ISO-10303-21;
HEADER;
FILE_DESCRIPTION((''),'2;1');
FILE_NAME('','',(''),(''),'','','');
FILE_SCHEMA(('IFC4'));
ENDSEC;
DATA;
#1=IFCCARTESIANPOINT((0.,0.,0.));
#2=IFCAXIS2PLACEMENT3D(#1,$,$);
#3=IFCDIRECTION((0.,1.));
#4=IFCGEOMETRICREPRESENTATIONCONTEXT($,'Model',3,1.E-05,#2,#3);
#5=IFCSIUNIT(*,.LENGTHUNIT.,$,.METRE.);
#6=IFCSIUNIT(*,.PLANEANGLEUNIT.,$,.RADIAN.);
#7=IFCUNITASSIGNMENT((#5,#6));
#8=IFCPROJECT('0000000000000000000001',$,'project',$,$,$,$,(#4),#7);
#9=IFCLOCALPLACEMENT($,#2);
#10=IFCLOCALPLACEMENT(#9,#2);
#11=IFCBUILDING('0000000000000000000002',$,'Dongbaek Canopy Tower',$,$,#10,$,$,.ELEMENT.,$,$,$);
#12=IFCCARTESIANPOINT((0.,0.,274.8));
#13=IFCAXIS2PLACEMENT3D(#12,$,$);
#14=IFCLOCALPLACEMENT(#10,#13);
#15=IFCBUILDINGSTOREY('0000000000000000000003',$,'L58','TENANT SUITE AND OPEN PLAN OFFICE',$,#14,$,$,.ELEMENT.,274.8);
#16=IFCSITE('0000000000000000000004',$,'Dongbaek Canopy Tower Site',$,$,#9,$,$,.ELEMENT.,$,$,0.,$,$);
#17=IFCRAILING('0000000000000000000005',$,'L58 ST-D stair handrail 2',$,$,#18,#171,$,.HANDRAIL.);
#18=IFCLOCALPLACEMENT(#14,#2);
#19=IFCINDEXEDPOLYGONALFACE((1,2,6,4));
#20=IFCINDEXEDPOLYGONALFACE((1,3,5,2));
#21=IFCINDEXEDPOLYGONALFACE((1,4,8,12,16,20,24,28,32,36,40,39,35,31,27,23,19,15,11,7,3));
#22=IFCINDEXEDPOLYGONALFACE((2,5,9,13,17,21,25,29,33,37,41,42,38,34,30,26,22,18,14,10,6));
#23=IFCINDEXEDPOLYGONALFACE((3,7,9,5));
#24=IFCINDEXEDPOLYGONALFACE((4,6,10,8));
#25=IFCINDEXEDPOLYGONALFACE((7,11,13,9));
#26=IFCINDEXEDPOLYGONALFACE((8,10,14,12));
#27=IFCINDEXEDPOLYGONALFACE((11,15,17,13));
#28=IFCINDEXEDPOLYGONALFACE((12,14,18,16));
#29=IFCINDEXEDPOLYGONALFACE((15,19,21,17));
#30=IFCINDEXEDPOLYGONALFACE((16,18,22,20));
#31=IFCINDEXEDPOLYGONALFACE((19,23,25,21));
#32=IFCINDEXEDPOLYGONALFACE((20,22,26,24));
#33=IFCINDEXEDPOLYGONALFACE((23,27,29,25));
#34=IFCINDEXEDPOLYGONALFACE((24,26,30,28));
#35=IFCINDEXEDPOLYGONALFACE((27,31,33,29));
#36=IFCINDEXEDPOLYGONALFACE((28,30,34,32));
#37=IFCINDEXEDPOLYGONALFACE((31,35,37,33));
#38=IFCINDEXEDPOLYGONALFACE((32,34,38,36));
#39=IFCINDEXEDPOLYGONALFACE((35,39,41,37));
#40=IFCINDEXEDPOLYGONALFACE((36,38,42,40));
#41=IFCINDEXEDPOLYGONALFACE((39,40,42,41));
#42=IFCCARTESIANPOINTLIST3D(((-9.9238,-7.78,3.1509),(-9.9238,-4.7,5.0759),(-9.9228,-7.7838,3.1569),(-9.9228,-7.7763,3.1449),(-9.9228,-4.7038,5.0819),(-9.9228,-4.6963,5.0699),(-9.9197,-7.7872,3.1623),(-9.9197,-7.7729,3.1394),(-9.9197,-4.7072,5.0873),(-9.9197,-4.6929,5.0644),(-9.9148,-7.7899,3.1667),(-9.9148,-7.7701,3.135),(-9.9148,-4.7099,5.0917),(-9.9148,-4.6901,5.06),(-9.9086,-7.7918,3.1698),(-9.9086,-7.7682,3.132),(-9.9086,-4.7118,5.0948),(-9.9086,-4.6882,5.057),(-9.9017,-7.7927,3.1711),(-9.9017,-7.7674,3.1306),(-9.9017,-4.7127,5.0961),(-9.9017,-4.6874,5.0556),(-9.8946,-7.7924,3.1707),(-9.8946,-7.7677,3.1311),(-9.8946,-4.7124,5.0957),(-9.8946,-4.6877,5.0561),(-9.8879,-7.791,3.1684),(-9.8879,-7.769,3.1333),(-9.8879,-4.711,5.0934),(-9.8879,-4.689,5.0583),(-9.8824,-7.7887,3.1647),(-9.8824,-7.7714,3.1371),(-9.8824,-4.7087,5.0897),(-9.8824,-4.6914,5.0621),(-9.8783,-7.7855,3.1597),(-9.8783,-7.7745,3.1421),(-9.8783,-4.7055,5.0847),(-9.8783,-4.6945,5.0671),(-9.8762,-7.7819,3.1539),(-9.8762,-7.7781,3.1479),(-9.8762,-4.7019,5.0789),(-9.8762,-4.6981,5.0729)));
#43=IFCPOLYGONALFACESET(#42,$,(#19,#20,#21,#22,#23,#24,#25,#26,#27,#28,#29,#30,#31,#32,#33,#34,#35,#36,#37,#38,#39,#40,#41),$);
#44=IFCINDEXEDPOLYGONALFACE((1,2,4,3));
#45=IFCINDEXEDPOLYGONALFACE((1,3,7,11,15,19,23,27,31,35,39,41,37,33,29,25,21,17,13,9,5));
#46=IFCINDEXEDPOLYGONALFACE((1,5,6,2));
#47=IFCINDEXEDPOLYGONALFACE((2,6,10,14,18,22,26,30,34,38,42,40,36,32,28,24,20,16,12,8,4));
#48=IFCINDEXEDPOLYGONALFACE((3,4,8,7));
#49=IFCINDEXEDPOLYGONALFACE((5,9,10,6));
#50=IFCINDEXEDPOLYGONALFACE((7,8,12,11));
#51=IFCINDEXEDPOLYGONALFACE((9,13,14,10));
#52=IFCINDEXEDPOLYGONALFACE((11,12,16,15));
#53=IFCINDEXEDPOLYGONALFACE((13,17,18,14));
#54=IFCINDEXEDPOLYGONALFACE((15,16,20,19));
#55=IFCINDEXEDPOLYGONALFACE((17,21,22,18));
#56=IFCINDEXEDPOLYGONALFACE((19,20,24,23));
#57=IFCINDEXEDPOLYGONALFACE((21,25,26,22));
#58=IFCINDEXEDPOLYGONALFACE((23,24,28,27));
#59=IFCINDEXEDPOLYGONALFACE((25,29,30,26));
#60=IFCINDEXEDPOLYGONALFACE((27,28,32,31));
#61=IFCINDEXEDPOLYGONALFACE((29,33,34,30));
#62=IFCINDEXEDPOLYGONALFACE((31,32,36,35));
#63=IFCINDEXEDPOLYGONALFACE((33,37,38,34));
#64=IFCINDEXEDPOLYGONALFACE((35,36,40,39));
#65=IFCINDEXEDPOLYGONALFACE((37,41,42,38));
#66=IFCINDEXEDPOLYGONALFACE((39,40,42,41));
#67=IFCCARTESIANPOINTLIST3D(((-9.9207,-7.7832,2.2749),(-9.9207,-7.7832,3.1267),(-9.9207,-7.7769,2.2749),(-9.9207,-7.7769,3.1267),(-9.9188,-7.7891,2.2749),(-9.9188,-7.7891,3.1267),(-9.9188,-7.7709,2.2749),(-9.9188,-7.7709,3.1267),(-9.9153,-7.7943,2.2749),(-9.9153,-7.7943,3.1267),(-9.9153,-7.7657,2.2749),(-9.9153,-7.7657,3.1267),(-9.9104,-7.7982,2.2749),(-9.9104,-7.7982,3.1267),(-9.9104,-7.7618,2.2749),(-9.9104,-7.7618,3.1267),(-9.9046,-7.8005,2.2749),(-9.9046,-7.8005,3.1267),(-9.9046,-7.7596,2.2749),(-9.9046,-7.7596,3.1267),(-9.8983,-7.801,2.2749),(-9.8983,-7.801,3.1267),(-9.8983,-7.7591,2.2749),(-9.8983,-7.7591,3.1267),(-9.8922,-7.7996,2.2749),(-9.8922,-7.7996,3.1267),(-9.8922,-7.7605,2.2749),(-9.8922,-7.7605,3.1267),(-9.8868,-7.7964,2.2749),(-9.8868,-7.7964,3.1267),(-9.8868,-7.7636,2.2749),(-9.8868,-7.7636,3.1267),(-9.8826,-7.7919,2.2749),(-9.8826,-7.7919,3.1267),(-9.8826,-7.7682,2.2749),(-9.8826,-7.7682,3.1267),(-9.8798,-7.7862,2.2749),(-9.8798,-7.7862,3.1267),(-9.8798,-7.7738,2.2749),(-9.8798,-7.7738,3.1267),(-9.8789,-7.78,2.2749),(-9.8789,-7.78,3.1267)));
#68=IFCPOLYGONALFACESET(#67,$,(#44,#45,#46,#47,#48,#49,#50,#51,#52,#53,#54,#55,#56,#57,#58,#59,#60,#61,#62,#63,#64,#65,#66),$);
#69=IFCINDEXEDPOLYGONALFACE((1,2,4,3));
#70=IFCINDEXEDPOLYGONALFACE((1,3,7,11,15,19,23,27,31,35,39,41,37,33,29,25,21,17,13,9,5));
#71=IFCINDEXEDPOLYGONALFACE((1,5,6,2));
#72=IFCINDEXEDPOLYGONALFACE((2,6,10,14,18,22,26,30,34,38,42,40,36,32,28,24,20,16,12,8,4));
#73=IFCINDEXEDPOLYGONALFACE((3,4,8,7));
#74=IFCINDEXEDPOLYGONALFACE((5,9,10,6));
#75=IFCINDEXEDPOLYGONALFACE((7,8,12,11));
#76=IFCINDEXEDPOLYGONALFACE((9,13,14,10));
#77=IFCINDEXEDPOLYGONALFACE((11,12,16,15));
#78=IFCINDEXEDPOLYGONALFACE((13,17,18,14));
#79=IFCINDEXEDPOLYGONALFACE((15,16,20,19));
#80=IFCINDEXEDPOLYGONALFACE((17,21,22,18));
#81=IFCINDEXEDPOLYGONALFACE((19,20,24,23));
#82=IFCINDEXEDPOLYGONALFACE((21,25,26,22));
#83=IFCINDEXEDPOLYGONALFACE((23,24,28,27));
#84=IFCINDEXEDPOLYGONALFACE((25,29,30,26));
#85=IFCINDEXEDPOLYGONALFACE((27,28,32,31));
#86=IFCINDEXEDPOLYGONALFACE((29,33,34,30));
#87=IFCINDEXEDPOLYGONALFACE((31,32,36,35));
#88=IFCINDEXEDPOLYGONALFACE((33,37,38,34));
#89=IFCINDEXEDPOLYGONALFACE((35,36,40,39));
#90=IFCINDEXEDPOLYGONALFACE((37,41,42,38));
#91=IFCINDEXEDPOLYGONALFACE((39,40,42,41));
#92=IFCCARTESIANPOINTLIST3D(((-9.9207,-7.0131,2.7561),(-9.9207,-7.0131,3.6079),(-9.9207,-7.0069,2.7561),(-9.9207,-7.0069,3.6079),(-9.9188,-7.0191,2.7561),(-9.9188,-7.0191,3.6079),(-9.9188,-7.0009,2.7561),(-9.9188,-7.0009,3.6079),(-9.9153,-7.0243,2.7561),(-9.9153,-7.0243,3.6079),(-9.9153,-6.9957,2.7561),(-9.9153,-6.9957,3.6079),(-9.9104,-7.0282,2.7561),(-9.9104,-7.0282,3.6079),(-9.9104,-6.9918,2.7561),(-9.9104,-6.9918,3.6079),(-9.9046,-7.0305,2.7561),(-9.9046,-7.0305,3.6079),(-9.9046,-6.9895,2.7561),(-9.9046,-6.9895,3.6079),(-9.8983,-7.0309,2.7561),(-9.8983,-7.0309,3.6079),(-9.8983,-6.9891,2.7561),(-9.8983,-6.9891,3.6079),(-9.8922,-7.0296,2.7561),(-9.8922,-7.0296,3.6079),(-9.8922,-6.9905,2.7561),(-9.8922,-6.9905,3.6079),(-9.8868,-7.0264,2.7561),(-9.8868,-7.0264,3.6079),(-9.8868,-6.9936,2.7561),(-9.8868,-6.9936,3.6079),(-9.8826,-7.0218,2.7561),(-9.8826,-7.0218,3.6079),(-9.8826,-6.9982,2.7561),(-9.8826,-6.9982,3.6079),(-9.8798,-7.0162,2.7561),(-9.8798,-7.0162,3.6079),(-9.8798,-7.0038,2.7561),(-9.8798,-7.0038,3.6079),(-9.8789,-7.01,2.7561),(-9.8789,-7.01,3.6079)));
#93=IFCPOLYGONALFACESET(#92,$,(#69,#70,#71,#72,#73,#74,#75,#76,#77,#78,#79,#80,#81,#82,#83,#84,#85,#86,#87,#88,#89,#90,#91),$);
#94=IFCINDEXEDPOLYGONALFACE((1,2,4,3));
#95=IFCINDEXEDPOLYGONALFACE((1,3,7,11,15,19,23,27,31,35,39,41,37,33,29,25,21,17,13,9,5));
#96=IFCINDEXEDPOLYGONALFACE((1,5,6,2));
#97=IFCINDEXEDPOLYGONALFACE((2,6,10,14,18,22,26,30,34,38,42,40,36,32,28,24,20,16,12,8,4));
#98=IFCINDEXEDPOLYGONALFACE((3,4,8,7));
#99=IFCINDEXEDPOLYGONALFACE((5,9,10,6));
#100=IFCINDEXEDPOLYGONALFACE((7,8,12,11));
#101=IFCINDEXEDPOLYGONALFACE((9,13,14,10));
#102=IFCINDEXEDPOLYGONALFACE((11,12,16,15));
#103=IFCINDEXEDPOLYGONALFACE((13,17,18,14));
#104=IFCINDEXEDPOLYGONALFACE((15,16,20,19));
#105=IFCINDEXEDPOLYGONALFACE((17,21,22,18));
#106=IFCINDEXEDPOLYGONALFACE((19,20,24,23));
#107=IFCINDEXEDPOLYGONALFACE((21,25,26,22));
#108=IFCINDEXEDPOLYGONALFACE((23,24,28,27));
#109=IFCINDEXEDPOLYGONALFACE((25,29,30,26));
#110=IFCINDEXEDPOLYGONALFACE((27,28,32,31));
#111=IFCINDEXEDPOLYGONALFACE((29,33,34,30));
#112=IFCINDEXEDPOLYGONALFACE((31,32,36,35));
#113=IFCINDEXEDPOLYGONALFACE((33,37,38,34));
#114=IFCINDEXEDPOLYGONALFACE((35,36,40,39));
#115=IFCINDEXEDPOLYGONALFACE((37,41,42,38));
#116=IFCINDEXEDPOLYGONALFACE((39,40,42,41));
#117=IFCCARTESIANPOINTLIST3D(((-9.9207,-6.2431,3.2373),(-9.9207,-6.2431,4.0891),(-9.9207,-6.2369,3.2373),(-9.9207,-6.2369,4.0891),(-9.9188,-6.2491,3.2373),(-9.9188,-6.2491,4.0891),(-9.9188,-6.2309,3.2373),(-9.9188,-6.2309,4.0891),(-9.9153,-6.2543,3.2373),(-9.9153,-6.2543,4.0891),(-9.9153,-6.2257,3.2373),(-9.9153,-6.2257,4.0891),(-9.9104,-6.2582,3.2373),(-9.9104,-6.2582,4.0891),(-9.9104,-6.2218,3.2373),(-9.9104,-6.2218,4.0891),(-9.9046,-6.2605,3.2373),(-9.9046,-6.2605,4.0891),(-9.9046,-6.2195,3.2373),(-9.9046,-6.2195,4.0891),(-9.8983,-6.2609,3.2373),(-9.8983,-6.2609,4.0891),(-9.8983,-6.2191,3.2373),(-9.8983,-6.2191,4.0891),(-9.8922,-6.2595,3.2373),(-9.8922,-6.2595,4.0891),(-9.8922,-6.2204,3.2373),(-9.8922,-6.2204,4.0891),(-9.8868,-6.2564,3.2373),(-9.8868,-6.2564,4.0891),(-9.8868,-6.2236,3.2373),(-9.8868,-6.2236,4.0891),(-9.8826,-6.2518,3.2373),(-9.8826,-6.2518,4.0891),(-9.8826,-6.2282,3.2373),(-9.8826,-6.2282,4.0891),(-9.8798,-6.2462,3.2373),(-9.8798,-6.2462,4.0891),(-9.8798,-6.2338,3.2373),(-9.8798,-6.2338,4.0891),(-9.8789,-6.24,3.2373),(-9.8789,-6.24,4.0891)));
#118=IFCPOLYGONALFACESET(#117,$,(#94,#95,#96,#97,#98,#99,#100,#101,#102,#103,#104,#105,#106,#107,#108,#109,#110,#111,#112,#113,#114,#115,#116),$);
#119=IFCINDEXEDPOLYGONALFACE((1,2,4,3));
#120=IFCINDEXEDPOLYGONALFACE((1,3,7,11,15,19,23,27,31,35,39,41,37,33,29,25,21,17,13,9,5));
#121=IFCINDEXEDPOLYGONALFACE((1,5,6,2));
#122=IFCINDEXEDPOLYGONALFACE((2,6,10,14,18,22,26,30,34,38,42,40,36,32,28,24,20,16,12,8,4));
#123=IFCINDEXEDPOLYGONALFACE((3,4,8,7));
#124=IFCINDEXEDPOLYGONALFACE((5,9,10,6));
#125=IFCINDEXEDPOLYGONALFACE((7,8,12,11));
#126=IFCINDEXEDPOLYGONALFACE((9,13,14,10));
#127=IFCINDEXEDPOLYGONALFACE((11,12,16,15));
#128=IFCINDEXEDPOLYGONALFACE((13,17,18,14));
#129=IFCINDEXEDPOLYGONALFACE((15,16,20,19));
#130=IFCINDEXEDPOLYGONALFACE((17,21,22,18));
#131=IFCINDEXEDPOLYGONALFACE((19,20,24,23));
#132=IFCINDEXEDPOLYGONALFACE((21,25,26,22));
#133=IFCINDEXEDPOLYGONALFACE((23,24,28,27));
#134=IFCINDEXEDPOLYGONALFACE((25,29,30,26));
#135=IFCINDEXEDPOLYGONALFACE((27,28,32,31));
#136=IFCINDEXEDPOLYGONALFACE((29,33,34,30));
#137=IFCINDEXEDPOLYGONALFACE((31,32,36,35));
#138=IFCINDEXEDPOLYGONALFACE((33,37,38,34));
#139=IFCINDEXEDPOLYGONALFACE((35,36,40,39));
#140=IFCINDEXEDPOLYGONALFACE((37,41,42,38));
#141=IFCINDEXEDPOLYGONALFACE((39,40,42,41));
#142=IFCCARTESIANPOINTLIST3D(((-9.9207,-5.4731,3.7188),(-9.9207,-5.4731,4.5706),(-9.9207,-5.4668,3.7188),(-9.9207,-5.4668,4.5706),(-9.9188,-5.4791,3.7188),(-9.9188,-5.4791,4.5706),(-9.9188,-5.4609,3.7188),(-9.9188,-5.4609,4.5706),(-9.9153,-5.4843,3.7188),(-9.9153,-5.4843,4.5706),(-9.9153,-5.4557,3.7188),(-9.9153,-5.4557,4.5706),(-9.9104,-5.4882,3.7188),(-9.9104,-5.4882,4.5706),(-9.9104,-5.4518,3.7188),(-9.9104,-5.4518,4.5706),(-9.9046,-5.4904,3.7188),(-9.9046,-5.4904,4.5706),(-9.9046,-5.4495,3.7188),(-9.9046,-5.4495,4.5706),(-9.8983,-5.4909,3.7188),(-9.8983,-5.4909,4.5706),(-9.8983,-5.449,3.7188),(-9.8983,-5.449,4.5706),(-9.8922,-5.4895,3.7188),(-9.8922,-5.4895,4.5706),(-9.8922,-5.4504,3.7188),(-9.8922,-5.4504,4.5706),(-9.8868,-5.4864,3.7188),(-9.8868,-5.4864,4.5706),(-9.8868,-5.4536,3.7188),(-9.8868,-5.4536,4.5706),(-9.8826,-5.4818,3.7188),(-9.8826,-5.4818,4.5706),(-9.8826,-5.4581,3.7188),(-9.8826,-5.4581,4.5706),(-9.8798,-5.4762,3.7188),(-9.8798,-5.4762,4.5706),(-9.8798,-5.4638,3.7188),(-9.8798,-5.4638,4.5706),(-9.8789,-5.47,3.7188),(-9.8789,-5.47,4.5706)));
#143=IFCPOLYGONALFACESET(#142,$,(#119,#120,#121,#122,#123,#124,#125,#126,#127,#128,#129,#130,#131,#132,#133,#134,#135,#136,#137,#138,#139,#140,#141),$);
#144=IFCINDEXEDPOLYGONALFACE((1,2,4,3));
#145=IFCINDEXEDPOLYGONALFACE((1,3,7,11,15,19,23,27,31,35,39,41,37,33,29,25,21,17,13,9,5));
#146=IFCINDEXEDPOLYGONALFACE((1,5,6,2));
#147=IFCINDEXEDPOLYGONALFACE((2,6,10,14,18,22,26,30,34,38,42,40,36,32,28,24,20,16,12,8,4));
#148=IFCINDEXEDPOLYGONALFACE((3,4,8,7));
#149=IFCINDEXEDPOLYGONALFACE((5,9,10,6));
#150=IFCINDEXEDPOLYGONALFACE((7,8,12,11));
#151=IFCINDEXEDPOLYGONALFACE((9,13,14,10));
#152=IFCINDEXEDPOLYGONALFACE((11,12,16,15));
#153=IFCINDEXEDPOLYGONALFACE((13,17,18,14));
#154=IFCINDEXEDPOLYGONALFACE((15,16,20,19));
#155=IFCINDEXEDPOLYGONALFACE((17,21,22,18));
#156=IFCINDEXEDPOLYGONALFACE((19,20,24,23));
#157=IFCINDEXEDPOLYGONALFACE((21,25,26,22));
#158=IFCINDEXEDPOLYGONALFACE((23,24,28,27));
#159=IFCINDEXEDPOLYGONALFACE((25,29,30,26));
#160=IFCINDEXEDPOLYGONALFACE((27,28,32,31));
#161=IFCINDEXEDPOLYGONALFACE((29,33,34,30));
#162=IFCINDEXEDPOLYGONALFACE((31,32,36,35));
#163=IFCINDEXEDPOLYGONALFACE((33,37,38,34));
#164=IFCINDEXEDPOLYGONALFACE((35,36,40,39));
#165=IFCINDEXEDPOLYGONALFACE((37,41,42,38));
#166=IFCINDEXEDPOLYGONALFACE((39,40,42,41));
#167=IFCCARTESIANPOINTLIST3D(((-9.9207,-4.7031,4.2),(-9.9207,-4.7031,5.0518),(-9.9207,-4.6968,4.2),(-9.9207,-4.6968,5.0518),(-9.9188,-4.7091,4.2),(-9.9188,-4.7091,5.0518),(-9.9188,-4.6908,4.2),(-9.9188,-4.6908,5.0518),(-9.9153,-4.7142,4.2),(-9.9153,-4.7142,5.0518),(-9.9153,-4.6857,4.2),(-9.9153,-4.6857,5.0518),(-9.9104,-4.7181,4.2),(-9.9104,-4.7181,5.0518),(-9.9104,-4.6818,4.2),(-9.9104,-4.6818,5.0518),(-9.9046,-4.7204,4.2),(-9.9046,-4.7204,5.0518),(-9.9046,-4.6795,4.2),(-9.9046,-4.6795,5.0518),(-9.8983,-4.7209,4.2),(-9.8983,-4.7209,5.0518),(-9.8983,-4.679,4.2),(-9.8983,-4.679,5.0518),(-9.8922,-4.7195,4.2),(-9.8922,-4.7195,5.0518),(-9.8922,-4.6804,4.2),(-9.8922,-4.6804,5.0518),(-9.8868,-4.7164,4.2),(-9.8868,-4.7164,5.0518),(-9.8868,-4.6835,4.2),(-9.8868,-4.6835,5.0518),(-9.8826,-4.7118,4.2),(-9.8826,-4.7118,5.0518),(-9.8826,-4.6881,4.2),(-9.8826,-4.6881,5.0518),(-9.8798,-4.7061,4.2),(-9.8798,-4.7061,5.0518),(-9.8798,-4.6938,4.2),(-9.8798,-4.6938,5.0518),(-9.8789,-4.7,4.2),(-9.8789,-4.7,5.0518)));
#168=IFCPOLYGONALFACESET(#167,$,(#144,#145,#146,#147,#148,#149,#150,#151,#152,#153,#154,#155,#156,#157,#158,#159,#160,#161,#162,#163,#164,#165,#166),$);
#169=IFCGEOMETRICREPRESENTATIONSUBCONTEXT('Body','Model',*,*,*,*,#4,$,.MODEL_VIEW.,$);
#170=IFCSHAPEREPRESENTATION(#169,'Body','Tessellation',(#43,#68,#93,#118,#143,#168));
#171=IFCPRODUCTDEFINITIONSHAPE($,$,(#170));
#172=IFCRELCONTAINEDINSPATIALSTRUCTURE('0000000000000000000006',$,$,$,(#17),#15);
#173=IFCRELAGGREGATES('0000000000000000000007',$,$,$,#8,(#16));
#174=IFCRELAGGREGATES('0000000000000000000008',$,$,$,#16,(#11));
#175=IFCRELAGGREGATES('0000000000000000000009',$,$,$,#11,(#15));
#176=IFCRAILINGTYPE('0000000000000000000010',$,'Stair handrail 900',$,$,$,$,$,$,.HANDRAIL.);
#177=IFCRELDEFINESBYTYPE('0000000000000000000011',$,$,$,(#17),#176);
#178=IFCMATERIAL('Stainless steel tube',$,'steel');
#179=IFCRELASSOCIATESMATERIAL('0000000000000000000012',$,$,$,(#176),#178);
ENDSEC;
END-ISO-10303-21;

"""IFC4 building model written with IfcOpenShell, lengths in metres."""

from ifc_helpers import new_model, si_unit, direction, frame, origin, origin_2d, place, context, subcontext, project, spatial, circle, extrude, material, type_object, element, save


model = new_model("IFC4")

# Units and contexts
model_context = context("Model", 3, precision=1e-05, world=origin(), true_north=direction((0.0, 1.0)))
body_context = subcontext(model_context, "Body", "Model", "MODEL_VIEW")
ifc_project = project(units=[si_unit("LENGTHUNIT", "METRE"), si_unit("PLANEANGLEUNIT", "RADIAN")], contexts=[model_context])

# Site, building, storey
site_placement = place(None, origin())
site = spatial("IfcSite", under=ifc_project, at=site_placement, Name="Dongbaek Canopy Tower Site", CompositionType="ELEMENT", RefElevation=0.0)
building_placement = place(site_placement, origin())
building = spatial("IfcBuilding", under=site, at=building_placement, Name="Dongbaek Canopy Tower", CompositionType="ELEMENT")
storey_placement = place(building_placement, frame((0.0, 0.0, 274.8)))
storey = spatial("IfcBuildingStorey", under=building, at=storey_placement, Name="L58", Description="TENANT SUITE AND OPEN PLAN OFFICE", CompositionType="ELEMENT", Elevation=274.8)

# Railing
ifc_material_1 = material(Name="Stainless steel tube", Category="steel")
railing_type_1 = type_object("IfcRailingType", Name="Stair handrail 900", PredefinedType="HANDRAIL", material=ifc_material_1)
railing_1_placement = place(storey_placement, frame((-9.8999, -7.78, 2.2749)))
element("IfcRailing", 1, at=railing_1_placement, inside=storey, type_object=railing_type_1, Name="L58 ST-D stair handrail 2", PredefinedType="HANDRAIL", context=body_context, shape_type="SweptSolid", body=[
    extrude(circle(Radius=0.0239, at=origin_2d()), frame((0.0, 0.0, 0.876), z_axis=(0.0, 0.847998, 0.529999), x_axis=(-1.0, 0.0, 0.0)), (0.0, 0.0, 1.0), 3.6321),
    extrude(circle(Radius=0.021, at=origin_2d()), origin(), (0.0, 0.0, 1.0), 0.8518),
    extrude(circle(Radius=0.021, at=origin_2d()), frame((0.0, 0.77, 0.4812)), (0.0, 0.0, 1.0), 0.8518),
    extrude(circle(Radius=0.021, at=origin_2d()), frame((0.0, 1.54, 0.9624)), (0.0, 0.0, 1.0), 0.8518),
    extrude(circle(Radius=0.021, at=origin_2d()), frame((0.0, 2.3101, 1.4438)), (0.0, 0.0, 1.0), 0.8518),
    extrude(circle(Radius=0.021, at=origin_2d()), frame((0.0, 3.0801, 1.925)), (0.0, 0.0, 1.0), 0.8518),
])

save(model, "model.ifc")
